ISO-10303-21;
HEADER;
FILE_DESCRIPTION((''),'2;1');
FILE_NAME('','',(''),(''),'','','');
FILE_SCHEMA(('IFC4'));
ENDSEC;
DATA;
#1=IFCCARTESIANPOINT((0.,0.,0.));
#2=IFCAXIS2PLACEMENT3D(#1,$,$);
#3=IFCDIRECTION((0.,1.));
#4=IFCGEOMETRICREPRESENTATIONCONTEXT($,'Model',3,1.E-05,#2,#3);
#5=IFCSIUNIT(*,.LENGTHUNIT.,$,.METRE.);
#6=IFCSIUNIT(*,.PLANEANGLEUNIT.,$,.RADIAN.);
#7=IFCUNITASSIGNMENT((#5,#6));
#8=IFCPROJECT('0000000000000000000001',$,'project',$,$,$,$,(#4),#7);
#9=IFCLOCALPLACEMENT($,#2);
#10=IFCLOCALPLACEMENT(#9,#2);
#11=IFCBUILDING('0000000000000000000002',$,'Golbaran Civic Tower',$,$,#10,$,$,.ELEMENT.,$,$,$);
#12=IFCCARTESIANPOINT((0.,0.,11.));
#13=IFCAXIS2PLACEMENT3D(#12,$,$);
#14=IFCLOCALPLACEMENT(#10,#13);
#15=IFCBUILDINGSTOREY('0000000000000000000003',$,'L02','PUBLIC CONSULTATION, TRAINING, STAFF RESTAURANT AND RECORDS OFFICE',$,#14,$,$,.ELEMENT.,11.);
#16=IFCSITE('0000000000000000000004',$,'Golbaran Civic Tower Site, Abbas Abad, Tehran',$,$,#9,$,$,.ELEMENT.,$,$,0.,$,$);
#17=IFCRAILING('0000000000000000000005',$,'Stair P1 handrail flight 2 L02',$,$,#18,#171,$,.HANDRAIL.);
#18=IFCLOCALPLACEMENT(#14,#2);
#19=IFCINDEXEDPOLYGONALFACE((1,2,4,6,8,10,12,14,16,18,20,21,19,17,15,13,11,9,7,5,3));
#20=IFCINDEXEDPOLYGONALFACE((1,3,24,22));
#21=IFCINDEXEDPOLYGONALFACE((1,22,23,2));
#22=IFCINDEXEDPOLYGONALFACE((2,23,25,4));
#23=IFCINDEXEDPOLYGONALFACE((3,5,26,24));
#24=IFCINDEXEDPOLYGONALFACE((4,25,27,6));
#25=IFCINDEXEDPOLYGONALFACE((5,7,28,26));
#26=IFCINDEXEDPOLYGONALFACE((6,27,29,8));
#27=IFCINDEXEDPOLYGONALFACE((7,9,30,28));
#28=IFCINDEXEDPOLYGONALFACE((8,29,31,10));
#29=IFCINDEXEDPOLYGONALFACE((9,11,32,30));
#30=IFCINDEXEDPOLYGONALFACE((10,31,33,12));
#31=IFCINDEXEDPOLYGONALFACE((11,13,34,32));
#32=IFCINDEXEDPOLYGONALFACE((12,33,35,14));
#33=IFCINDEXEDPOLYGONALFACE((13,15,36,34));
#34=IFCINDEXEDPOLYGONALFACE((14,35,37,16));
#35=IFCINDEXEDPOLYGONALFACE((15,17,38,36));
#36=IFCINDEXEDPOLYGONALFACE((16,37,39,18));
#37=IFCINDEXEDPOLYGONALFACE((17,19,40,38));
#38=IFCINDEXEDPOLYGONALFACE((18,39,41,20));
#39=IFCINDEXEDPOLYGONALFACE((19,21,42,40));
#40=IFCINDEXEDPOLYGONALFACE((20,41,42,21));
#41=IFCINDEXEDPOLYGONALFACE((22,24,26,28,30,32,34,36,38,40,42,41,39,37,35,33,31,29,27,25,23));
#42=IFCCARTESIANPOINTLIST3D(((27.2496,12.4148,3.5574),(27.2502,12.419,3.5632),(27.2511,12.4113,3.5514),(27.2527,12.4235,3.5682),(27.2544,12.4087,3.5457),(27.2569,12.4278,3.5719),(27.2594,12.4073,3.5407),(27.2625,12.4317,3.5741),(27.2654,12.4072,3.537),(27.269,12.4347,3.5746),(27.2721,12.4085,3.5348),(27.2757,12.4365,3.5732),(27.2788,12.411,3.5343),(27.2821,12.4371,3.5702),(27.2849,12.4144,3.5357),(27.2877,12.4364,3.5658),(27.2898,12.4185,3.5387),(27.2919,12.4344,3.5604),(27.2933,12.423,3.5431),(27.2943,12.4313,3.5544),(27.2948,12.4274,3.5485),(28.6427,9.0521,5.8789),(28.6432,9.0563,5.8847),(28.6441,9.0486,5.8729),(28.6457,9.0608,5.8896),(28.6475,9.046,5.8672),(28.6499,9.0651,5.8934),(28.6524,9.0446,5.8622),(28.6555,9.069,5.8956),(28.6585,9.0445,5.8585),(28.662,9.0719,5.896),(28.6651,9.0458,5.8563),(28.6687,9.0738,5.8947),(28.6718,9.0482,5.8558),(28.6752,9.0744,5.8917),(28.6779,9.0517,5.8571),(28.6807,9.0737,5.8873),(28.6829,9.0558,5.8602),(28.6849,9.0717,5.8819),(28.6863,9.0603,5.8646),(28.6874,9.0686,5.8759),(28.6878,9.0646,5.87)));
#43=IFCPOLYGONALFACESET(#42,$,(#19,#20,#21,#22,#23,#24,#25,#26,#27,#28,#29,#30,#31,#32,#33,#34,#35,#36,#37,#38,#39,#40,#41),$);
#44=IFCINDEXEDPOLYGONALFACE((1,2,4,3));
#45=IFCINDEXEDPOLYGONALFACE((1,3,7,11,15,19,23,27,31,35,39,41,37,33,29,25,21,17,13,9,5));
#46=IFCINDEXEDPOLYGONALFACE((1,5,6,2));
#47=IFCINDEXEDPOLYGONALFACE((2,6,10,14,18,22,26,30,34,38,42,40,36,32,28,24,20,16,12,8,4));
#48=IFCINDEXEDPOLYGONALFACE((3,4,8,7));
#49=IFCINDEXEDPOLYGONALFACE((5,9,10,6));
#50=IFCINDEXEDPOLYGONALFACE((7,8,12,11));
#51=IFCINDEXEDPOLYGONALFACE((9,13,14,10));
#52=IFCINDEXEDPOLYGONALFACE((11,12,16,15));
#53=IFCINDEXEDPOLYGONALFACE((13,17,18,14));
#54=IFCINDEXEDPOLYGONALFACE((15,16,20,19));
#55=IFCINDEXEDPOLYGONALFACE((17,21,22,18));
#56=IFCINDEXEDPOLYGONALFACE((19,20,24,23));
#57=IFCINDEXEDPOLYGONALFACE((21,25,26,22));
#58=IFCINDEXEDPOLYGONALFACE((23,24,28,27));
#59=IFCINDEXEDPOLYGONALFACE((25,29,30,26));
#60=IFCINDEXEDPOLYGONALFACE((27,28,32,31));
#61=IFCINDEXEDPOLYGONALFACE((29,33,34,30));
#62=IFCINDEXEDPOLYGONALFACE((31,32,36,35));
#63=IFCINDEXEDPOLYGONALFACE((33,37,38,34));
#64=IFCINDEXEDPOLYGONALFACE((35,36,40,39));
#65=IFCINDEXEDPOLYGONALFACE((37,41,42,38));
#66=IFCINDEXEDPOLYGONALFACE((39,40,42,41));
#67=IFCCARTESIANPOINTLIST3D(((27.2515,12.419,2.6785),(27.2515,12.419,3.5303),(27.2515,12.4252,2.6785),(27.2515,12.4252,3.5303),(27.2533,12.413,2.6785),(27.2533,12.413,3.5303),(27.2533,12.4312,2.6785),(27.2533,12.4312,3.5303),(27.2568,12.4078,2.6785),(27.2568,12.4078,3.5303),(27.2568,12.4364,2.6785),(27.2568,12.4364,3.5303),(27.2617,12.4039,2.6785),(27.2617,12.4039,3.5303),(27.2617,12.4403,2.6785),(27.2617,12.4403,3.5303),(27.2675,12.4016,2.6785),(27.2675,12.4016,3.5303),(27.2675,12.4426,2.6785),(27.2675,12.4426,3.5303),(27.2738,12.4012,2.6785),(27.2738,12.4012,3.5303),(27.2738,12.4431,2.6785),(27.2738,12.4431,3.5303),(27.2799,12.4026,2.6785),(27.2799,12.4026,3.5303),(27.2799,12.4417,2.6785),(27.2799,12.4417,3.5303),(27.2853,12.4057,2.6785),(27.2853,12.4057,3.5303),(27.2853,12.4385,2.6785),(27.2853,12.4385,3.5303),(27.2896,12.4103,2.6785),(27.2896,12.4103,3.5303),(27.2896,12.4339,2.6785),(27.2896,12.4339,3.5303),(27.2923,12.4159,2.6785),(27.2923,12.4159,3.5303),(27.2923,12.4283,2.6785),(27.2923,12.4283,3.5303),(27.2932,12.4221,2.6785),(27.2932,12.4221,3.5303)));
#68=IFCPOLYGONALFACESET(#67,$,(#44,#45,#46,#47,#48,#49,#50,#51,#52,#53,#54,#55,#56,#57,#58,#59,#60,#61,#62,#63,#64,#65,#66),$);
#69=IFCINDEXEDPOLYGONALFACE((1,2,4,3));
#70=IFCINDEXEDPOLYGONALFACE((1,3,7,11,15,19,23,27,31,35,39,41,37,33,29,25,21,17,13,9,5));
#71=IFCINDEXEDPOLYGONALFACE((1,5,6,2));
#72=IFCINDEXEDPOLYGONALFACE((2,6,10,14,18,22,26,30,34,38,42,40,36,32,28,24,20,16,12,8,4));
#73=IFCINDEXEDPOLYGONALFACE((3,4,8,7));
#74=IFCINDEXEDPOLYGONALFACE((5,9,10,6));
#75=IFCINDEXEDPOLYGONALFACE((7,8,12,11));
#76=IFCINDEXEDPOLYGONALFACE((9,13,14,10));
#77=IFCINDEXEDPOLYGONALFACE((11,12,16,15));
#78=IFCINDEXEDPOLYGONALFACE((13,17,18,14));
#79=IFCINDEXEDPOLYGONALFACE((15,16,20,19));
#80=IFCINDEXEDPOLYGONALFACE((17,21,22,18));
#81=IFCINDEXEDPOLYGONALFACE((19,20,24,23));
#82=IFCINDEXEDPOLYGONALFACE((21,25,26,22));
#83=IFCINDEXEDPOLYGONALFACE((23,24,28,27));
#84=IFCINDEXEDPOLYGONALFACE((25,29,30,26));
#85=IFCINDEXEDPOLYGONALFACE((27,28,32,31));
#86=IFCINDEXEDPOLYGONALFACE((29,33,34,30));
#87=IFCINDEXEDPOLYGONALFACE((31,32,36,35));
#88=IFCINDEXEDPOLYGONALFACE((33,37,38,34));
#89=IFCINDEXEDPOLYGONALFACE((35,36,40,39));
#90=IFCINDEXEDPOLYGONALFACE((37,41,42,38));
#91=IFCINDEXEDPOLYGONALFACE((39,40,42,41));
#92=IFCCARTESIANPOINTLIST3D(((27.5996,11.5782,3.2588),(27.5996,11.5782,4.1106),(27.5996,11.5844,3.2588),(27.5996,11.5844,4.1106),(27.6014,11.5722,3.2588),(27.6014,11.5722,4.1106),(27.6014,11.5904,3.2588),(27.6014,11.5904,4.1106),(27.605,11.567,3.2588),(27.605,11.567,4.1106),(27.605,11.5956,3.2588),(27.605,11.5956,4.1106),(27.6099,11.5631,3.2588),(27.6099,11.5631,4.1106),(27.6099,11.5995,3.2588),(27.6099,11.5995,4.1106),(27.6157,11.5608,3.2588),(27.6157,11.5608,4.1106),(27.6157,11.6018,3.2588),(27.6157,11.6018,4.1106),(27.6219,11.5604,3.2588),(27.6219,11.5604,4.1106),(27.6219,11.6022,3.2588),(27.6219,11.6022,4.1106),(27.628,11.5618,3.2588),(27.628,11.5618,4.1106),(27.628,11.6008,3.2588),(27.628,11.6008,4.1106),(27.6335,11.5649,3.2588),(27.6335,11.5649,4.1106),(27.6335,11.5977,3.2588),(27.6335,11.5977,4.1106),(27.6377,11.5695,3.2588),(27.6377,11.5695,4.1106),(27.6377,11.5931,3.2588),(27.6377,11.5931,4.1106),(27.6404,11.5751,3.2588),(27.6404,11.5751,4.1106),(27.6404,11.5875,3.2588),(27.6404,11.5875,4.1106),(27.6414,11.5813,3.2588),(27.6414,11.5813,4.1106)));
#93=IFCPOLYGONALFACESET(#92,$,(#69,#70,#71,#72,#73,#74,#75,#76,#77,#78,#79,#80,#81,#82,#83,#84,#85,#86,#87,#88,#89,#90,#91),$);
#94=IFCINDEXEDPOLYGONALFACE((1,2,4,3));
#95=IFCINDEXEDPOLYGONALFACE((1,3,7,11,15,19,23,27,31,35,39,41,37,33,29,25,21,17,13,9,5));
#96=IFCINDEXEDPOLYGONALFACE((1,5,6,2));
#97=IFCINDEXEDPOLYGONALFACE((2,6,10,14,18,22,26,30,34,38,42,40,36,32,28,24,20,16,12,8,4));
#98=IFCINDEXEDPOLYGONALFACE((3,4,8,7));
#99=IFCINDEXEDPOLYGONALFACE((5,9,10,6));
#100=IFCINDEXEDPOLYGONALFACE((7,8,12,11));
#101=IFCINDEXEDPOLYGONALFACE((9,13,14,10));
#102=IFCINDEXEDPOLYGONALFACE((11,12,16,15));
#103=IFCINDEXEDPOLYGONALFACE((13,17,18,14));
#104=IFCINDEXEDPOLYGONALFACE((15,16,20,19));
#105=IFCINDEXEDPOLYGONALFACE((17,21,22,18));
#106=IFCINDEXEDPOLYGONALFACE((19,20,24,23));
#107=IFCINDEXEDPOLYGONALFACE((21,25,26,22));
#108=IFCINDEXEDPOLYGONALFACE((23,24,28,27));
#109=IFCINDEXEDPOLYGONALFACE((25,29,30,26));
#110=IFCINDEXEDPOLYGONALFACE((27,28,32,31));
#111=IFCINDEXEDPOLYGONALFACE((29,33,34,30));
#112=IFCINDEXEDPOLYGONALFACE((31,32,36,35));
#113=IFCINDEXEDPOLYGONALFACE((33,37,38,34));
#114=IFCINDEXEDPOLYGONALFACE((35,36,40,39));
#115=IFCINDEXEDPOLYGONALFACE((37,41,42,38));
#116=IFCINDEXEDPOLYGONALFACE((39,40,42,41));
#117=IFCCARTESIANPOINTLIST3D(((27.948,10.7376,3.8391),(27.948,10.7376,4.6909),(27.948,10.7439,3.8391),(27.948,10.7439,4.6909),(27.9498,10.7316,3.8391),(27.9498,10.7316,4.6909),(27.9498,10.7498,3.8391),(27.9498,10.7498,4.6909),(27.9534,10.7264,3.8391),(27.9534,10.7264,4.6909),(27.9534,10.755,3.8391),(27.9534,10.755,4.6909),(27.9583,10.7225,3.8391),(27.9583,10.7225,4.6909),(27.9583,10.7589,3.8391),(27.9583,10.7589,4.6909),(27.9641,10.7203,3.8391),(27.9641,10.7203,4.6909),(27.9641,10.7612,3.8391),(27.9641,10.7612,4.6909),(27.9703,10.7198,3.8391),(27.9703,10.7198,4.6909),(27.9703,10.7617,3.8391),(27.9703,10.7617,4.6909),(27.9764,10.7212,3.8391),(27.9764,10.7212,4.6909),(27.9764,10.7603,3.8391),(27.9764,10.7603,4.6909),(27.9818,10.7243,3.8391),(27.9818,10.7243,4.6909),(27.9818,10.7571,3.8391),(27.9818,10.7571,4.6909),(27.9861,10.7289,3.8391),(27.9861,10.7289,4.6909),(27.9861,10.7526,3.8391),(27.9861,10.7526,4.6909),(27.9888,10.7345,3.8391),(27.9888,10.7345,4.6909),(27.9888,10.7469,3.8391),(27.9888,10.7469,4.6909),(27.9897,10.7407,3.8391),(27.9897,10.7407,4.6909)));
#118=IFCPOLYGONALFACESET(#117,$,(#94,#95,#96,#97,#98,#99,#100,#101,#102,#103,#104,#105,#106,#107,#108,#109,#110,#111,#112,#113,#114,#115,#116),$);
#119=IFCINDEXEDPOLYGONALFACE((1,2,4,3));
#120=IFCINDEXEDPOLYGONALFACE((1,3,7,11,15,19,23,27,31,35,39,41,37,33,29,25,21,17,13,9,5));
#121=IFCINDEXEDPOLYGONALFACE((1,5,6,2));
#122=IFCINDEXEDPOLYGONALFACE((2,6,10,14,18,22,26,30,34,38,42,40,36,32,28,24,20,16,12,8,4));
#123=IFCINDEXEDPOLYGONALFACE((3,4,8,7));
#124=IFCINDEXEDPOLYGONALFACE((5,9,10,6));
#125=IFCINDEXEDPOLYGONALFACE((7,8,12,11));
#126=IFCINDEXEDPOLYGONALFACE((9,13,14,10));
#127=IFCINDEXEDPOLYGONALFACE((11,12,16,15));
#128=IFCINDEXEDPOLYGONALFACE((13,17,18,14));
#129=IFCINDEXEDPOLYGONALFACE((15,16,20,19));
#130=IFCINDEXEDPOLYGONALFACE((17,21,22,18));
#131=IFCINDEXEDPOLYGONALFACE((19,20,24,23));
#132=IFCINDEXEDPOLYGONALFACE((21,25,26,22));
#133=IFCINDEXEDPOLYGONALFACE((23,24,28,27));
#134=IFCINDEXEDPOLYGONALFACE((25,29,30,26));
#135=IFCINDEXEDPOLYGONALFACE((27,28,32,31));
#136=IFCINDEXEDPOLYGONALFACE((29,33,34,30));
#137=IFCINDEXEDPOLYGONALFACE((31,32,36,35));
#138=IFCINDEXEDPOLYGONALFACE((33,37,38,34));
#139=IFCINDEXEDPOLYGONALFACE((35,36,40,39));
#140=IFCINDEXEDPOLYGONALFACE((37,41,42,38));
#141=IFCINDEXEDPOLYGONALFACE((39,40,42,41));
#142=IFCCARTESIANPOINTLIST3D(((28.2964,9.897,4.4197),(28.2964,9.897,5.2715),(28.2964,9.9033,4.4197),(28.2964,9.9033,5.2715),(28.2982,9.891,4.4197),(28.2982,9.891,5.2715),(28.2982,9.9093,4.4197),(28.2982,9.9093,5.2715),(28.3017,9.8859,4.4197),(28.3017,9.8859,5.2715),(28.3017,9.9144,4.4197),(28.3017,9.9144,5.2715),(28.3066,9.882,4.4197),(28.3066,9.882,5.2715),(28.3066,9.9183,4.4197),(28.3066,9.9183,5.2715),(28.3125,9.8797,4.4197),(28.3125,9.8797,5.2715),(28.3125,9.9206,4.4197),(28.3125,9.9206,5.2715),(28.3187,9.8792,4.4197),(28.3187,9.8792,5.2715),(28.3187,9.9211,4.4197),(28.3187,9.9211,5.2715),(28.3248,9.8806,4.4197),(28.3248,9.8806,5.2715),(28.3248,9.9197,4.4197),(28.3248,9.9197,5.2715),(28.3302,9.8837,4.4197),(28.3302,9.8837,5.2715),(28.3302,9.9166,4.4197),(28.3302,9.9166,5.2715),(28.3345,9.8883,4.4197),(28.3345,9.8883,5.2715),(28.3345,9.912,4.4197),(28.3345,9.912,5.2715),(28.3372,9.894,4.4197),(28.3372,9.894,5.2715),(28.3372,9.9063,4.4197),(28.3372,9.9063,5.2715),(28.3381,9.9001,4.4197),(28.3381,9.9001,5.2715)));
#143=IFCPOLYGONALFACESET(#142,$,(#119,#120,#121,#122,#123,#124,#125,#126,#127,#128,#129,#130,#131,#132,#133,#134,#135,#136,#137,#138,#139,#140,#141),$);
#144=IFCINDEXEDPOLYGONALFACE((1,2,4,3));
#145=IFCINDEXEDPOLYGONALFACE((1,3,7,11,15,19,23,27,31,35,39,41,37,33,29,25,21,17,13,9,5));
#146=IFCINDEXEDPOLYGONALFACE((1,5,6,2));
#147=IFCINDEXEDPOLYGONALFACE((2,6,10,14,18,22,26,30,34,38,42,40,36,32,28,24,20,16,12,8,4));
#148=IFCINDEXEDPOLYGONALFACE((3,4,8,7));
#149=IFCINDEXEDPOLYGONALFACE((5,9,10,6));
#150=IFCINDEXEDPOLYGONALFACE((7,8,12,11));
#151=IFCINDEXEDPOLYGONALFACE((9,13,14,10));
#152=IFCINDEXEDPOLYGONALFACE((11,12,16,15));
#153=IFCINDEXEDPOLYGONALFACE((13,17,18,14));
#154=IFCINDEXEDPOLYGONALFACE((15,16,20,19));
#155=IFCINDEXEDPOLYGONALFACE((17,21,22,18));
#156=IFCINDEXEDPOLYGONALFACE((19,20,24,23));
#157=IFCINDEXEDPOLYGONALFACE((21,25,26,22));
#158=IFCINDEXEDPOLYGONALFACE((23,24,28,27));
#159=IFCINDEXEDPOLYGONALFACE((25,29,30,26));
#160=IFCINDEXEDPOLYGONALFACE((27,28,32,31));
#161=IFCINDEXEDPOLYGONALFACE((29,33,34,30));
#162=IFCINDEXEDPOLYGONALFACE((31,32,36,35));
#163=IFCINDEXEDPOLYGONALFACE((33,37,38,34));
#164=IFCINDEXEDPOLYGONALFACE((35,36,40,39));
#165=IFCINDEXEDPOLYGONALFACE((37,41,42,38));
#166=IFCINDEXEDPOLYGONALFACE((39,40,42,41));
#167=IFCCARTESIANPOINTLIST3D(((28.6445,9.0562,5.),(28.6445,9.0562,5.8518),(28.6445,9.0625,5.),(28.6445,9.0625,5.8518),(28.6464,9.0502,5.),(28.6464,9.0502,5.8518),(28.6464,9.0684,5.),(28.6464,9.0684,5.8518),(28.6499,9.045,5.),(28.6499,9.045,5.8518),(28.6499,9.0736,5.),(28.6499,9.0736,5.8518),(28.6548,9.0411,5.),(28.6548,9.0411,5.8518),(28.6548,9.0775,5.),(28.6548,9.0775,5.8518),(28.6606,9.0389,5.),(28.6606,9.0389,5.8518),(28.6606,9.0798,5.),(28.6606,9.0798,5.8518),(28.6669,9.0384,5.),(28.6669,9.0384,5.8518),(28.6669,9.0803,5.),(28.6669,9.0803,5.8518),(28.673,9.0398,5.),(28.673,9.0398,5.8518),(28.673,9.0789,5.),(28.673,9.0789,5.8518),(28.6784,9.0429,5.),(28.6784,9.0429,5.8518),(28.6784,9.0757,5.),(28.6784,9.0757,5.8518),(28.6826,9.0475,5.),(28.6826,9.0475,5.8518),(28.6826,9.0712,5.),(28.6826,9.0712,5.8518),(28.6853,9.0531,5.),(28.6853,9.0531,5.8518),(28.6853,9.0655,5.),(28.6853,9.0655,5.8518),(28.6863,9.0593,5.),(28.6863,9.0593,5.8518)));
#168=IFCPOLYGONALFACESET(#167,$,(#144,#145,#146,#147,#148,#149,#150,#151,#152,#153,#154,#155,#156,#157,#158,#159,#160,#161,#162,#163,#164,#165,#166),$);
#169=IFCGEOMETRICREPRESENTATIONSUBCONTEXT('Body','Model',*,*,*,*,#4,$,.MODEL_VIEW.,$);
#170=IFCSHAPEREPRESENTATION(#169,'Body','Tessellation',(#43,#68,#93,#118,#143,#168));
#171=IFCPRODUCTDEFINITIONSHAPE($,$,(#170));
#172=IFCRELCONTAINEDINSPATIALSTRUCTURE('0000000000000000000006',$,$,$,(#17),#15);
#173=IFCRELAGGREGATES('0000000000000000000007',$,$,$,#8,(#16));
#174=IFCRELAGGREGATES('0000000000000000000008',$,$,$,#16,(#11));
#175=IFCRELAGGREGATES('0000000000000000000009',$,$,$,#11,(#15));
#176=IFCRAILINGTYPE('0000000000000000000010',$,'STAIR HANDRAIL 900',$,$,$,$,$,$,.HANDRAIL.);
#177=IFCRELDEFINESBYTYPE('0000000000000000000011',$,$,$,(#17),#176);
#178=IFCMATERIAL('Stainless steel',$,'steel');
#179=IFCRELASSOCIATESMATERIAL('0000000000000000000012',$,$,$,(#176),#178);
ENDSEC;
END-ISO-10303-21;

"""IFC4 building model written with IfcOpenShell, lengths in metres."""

from ifc_helpers import new_model, si_unit, direction, frame, origin, origin_2d, place, context, subcontext, project, spatial, circle, extrude, material, type_object, element, save


model = new_model("IFC4")

# Units and contexts
model_context = context("Model", 3, precision=1e-05, world=origin(), true_north=direction((0.0, 1.0)))
body_context = subcontext(model_context, "Body", "Model", "MODEL_VIEW")
ifc_project = project(units=[si_unit("LENGTHUNIT", "METRE"), si_unit("PLANEANGLEUNIT", "RADIAN")], contexts=[model_context])

# Site, building, storey
site_placement = place(None, origin())
site = spatial("IfcSite", under=ifc_project, at=site_placement, Name="Golbaran Civic Tower Site, Abbas Abad, Tehran", CompositionType="ELEMENT", RefElevation=0.0)
building_placement = place(site_placement, origin())
building = spatial("IfcBuilding", under=site, at=building_placement, Name="Golbaran Civic Tower", CompositionType="ELEMENT")
storey_placement = place(building_placement, frame((0.0, 0.0, 11.0)))
storey = spatial("IfcBuildingStorey", under=building, at=storey_placement, Name="L02", Description="PUBLIC CONSULTATION, TRAINING, STAFF RESTAURANT AND RECORDS OFFICE", CompositionType="ELEMENT", Elevation=11.0)

# Railing
ifc_material_1 = material(Name="Stainless steel", Category="steel")
railing_type_1 = type_object("IfcRailingType", Name="STAIR HANDRAIL 900", PredefinedType="HANDRAIL", material=ifc_material_1)
railing_1_placement = place(storey_placement, frame((27.2722, 12.4221, 2.6785)))
element("IfcRailing", 1, at=railing_1_placement, inside=storey, type_object=railing_type_1, Name="Stair P1 handrail flight 2 L02", PredefinedType="HANDRAIL", context=body_context, shape_type="SweptSolid", body=[
    extrude(circle(Radius=0.0239, at=origin_2d()), frame((0.0, 0.0, 0.876), z_axis=(0.322676, -0.778923, 0.537736), x_axis=(0.923865, 0.382719, 0.0)), (0.0, 0.0, 1.0), 4.3171),
    extrude(circle(Radius=0.021, at=origin_2d()), origin(), (0.0, 0.0, 1.0), 0.8518),
    extrude(circle(Radius=0.021, at=origin_2d()), frame((0.3481, -0.8408, 0.5803)), (0.0, 0.0, 1.0), 0.8518),
    extrude(circle(Radius=0.021, at=origin_2d()), frame((0.6965, -1.6814, 1.1606)), (0.0, 0.0, 1.0), 0.8518),
    extrude(circle(Radius=0.021, at=origin_2d()), frame((1.0449, -2.522, 1.7412)), (0.0, 0.0, 1.0), 0.8518),
    extrude(circle(Radius=0.021, at=origin_2d()), frame((1.3931, -3.3628, 2.3215)), (0.0, 0.0, 1.0), 0.8518),
])

save(model, "model.ifc")
